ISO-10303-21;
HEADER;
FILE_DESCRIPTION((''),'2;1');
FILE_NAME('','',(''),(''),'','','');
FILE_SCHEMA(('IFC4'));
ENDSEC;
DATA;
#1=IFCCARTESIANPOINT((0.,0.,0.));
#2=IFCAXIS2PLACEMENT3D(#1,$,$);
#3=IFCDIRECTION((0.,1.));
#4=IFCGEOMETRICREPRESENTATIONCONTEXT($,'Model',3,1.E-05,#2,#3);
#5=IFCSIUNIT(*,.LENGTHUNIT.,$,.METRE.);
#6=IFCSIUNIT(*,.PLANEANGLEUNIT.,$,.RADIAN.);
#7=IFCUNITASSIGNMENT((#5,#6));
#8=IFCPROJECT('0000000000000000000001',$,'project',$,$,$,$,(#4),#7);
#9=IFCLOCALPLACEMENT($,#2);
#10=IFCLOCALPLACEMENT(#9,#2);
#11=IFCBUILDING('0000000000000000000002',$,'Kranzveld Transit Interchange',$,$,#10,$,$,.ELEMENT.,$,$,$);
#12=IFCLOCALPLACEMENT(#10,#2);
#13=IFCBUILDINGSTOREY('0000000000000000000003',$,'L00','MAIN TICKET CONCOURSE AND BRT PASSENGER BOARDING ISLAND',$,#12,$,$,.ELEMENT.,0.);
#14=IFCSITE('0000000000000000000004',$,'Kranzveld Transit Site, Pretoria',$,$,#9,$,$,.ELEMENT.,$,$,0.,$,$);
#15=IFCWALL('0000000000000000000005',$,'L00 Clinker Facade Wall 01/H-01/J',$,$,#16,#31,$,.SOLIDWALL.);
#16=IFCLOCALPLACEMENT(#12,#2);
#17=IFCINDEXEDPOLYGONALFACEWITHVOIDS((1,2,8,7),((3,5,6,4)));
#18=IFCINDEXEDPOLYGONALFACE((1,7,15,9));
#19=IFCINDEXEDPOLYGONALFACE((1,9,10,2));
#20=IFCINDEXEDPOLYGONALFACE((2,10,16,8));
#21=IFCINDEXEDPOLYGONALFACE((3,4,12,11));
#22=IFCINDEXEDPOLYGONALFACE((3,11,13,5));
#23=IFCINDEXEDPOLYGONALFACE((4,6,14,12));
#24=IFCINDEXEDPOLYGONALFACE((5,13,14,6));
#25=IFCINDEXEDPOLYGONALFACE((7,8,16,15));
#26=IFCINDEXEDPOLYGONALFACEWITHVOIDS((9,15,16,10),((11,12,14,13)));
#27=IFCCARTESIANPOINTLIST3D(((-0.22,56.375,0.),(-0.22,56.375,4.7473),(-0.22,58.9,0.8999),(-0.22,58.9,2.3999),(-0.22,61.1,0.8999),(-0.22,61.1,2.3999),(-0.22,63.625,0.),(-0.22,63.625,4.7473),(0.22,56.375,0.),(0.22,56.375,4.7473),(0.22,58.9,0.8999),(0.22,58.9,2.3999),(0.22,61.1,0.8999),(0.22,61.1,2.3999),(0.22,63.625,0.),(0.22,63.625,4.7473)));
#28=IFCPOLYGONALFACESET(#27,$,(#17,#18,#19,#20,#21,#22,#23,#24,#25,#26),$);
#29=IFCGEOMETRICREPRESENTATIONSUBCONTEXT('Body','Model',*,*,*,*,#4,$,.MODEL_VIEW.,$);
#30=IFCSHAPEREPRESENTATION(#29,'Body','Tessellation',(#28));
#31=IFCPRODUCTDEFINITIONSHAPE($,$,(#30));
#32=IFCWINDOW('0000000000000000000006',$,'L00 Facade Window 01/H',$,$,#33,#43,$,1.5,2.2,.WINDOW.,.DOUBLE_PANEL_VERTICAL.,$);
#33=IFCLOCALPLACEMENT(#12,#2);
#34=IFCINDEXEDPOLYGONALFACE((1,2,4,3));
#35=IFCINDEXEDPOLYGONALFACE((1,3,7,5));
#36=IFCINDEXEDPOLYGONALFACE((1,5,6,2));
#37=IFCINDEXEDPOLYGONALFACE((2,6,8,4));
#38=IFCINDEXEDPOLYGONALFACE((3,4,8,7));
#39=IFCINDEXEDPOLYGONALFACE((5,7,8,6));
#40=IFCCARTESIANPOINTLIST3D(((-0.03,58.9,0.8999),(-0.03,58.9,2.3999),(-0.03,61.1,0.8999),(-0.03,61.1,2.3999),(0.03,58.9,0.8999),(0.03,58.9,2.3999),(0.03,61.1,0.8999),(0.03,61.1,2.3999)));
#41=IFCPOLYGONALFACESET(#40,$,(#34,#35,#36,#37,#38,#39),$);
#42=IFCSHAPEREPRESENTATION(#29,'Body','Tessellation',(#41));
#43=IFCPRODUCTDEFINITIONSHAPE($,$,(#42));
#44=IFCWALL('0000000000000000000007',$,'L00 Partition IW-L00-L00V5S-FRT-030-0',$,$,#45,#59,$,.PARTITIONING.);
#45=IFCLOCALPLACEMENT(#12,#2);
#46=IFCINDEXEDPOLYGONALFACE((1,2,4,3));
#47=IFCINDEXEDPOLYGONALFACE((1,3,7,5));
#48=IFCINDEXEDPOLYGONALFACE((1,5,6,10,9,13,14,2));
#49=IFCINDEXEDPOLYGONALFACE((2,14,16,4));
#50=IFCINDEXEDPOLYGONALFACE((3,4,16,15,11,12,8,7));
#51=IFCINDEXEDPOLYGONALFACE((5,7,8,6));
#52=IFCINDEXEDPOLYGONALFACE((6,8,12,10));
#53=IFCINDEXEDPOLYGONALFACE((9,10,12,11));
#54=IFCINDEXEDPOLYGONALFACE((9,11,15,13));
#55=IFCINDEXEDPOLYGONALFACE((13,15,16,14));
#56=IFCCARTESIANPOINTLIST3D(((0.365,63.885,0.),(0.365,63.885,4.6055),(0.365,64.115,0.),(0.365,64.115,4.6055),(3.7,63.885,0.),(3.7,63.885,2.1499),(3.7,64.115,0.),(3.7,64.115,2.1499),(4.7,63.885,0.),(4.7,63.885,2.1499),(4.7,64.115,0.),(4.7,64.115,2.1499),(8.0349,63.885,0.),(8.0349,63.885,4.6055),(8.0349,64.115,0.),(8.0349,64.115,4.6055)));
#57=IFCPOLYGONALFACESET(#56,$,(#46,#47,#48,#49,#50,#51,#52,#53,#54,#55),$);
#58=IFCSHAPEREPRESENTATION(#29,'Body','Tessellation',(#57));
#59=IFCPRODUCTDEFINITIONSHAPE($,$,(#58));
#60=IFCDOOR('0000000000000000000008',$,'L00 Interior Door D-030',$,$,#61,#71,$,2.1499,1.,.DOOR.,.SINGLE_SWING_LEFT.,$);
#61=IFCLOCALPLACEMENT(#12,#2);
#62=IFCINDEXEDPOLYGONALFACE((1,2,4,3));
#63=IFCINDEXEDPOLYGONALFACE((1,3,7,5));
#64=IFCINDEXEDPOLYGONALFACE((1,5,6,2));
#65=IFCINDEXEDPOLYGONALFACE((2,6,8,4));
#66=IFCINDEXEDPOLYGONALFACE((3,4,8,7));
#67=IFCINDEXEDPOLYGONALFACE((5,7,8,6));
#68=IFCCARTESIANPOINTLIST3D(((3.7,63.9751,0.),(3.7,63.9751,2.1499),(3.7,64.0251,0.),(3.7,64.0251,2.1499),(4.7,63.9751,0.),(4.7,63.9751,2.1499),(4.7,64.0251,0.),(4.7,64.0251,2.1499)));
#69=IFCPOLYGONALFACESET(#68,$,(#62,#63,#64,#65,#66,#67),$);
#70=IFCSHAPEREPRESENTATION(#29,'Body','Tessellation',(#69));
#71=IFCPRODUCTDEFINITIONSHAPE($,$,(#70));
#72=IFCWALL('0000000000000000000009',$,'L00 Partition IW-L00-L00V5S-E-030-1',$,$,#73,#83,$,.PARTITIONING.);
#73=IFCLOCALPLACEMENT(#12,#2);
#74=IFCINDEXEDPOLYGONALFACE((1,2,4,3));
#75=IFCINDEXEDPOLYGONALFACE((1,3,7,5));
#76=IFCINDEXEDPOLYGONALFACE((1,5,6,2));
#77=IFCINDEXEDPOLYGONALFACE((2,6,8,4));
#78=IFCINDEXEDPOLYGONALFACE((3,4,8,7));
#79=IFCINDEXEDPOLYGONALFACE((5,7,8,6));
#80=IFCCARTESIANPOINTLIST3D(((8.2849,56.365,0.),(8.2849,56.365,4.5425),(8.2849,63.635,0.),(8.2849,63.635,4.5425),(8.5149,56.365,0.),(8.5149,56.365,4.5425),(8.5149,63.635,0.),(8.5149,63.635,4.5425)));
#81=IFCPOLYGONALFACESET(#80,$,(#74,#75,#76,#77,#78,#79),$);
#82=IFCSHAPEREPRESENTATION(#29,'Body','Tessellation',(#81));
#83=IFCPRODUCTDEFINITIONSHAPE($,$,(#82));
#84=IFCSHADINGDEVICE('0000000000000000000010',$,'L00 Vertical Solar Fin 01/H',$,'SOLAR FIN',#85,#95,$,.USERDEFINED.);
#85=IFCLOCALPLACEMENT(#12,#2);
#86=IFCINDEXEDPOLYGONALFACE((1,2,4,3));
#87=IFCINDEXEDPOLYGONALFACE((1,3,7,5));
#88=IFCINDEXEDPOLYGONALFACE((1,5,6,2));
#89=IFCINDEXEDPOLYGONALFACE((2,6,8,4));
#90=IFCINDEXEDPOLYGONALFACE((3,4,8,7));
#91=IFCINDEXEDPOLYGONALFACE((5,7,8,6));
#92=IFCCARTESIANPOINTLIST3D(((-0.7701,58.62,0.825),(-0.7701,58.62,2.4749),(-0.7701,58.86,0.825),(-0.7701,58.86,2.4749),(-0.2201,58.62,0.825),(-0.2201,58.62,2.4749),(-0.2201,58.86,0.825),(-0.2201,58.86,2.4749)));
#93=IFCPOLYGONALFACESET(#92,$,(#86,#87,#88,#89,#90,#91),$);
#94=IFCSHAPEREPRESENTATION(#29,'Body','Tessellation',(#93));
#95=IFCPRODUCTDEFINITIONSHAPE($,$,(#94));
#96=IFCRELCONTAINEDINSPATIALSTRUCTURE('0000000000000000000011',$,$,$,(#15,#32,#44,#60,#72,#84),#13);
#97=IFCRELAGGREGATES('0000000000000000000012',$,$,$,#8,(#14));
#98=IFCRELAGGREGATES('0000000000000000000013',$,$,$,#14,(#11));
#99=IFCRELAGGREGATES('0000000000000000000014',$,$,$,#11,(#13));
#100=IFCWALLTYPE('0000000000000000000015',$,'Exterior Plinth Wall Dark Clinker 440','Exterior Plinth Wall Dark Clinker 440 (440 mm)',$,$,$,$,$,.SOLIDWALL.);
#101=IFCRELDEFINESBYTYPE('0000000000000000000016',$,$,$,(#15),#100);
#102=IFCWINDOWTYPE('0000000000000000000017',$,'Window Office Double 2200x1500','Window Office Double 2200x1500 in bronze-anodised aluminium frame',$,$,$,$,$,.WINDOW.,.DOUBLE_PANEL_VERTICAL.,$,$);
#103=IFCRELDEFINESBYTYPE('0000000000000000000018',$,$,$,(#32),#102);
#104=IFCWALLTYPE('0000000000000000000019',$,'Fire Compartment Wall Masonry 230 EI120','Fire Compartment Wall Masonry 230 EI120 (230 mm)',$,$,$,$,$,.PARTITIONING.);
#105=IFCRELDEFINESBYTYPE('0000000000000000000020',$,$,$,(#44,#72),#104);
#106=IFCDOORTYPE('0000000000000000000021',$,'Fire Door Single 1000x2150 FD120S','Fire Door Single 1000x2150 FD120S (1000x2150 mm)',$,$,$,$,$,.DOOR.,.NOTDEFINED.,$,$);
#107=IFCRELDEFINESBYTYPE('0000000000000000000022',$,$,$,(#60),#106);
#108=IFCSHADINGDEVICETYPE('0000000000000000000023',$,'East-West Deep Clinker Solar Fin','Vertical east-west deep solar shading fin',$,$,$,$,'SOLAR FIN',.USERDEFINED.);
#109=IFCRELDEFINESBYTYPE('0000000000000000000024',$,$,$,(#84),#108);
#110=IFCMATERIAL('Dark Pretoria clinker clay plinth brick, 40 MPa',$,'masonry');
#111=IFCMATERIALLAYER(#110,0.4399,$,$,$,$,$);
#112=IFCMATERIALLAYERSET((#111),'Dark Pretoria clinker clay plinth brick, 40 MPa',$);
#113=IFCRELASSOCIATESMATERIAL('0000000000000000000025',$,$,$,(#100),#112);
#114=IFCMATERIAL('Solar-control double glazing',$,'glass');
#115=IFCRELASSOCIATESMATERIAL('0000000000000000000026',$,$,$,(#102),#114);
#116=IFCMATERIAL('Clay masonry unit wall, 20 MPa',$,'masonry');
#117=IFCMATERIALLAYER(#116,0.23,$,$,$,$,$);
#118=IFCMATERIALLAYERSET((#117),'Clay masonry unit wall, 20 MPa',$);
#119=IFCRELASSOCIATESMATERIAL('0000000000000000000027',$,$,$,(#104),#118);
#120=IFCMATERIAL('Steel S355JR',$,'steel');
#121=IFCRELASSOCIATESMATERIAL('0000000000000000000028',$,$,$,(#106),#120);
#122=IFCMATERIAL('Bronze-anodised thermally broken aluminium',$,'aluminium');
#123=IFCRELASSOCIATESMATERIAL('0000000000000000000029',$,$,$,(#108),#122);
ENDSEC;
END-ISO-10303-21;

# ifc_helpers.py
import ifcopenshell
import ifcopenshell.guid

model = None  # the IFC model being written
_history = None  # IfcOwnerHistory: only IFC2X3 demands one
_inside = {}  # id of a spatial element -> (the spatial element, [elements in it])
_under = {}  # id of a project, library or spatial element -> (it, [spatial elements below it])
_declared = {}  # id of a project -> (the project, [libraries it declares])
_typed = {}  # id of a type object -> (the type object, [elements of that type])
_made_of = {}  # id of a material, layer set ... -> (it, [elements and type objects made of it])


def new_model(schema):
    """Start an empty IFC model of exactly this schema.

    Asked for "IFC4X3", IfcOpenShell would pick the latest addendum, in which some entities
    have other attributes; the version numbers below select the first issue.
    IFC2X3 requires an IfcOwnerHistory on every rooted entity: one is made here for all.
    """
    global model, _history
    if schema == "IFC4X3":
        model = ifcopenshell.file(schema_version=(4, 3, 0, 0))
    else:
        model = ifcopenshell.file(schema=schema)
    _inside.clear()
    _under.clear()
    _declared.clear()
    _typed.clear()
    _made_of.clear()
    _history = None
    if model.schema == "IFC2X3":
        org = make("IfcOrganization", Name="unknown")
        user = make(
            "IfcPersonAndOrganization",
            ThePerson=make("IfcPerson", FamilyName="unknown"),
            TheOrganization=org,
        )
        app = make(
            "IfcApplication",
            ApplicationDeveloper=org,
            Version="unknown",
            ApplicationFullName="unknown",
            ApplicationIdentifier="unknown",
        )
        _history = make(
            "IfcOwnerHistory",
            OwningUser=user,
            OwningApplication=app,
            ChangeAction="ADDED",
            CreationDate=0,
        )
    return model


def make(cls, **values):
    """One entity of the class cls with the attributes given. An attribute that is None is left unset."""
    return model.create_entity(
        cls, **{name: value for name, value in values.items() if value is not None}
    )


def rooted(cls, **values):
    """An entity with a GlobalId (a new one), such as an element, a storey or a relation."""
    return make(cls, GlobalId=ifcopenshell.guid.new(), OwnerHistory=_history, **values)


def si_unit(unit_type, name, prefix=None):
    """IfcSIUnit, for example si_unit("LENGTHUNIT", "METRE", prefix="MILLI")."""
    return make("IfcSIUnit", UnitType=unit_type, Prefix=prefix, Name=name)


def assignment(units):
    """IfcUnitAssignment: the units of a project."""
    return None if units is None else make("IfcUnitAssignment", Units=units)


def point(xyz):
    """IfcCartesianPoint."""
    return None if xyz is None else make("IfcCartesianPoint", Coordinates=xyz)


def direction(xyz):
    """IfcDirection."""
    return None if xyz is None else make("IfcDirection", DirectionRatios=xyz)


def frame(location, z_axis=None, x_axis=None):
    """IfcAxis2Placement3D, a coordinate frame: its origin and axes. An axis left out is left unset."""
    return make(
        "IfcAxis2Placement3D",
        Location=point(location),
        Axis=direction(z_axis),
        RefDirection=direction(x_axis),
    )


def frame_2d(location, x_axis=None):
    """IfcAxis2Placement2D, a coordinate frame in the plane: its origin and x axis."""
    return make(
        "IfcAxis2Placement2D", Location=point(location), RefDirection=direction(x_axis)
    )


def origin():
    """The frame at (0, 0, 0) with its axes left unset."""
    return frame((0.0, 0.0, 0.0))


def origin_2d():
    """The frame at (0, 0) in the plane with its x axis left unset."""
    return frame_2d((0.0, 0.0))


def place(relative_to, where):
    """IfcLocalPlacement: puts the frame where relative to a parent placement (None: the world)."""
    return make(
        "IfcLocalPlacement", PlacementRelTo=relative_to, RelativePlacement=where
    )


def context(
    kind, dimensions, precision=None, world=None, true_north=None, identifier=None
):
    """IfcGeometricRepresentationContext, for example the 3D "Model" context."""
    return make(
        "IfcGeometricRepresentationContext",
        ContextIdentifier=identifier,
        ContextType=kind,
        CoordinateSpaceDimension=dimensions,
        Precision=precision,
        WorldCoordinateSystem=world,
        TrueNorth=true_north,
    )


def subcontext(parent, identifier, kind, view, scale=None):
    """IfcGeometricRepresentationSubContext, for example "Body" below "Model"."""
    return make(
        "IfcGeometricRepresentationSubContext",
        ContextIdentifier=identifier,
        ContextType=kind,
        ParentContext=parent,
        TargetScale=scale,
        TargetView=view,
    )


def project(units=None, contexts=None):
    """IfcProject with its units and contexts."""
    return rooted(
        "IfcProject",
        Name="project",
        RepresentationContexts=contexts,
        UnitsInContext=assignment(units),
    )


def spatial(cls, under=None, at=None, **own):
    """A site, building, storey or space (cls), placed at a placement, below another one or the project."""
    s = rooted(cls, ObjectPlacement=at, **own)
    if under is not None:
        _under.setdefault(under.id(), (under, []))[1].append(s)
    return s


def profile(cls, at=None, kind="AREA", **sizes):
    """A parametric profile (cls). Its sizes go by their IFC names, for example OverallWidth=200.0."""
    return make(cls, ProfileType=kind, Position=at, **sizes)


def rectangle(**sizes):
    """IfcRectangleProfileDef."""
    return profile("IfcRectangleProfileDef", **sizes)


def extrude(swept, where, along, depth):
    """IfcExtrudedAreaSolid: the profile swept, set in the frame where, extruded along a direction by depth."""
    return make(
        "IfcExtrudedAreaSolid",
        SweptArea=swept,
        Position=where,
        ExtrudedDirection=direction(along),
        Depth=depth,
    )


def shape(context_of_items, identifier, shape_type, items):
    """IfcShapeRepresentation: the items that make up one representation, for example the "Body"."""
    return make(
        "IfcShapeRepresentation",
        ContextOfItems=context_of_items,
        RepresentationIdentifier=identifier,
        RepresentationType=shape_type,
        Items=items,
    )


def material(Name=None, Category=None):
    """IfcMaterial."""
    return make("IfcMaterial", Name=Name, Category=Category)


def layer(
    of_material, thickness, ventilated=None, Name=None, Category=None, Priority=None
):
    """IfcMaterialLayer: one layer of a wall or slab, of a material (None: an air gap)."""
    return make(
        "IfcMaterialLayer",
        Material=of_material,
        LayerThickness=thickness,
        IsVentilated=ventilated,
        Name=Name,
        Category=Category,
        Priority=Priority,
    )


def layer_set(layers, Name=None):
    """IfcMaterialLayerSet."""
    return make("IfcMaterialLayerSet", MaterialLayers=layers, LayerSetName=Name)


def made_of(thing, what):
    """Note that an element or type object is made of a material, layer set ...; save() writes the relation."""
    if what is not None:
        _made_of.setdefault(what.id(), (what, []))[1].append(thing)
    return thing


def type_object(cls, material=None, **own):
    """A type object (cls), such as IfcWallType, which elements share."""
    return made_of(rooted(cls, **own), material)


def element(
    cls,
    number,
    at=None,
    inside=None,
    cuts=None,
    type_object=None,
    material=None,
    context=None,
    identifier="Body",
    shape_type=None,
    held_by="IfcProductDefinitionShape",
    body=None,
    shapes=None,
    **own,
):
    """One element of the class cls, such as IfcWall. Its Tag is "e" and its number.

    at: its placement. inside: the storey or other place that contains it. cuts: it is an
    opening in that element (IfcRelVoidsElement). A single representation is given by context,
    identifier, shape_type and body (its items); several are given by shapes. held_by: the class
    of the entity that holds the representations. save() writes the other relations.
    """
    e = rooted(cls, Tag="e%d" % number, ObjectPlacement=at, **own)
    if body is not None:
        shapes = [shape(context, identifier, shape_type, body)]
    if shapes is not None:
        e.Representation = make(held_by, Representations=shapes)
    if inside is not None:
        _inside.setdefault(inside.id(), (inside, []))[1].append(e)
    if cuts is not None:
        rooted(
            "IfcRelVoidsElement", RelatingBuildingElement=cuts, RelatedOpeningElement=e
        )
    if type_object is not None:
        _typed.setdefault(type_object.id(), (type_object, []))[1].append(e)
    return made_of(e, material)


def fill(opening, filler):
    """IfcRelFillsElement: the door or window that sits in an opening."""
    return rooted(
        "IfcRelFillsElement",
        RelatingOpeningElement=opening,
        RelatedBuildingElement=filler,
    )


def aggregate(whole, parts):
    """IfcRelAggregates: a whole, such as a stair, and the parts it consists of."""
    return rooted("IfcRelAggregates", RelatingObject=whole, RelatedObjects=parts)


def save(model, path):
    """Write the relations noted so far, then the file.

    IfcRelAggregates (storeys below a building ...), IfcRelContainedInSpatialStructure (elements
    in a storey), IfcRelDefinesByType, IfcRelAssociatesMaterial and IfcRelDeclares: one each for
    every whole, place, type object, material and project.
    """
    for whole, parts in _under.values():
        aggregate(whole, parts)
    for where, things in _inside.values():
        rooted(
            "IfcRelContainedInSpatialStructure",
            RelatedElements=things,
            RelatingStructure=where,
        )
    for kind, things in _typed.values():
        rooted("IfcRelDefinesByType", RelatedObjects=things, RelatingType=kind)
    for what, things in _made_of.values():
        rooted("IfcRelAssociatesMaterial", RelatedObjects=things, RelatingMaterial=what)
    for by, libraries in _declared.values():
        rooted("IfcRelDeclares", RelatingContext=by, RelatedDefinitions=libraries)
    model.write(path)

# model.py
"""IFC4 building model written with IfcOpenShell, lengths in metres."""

from ifc_helpers import new_model, si_unit, direction, frame, frame_2d, origin, origin_2d, place, context, subcontext, project, spatial, rectangle, extrude, material, layer, layer_set, type_object, element, fill, save


model = new_model("IFC4")

# Units and contexts
model_context = context("Model", 3, precision=1e-05, world=origin(), true_north=direction((0.0, 1.0)))
body_context = subcontext(model_context, "Body", "Model", "MODEL_VIEW")
ifc_project = project(units=[si_unit("LENGTHUNIT", "METRE"), si_unit("PLANEANGLEUNIT", "RADIAN")], contexts=[model_context])

# Site, building, storey
site_placement = place(None, origin())
site = spatial("IfcSite", under=ifc_project, at=site_placement, Name="Kranzveld Transit Site, Pretoria", CompositionType="ELEMENT", RefElevation=0.0)
building_placement = place(site_placement, origin())
building = spatial("IfcBuilding", under=site, at=building_placement, Name="Kranzveld Transit Interchange", CompositionType="ELEMENT")
storey_placement = place(building_placement, origin())
storey = spatial("IfcBuildingStorey", under=building, at=storey_placement, Name="L00", Description="MAIN TICKET CONCOURSE AND BRT PASSENGER BOARDING ISLAND", CompositionType="ELEMENT", Elevation=0.0)

# Wall, opening, window
ifc_material_1 = material(Name="Dark Pretoria clinker clay plinth brick, 40 MPa", Category="masonry")
ifc_layer_1 = layer(ifc_material_1, 0.4399)
ifc_layer_set_1 = layer_set([ifc_layer_1], Name="Dark Pretoria clinker clay plinth brick, 40 MPa")
wall_type_1 = type_object("IfcWallType", Name="Exterior Plinth Wall Dark Clinker 440", Description="Exterior Plinth Wall Dark Clinker 440 (440 mm)", PredefinedType="SOLIDWALL", material=ifc_layer_set_1)
wall_1_placement = place(storey_placement, frame((0.0, 56.375, 0.0), z_axis=(0.0, 0.0, 1.0), x_axis=(0.0, 1.0, 0.0)))
wall_1 = element("IfcWall", 1, at=wall_1_placement, inside=storey, type_object=wall_type_1, Name="L00 Clinker Facade Wall 01/H-01/J", PredefinedType="SOLIDWALL", context=body_context, shape_type="SweptSolid", body=[
    extrude(rectangle(XDim=7.25, YDim=0.4399, at=frame_2d((3.625, 0.0))), origin(), (0.0, 0.0, 1.0), 4.7473),
])
opening_1_placement = place(wall_1_placement, frame((2.5249, 0.0, 0.8999), z_axis=(0.0, 0.0, 1.0), x_axis=(1.0, 0.0, 0.0)))
opening_1 = element("IfcOpeningElement", 2, at=opening_1_placement, cuts=wall_1, PredefinedType="OPENING", context=body_context, shape_type="SweptSolid", body=[
    extrude(rectangle(XDim=2.2, YDim=1.5, at=frame_2d((1.1001, 0.75))), frame((0.0, 0.23, 0.0), z_axis=(0.0, -1.0, 0.0), x_axis=(1.0, 0.0, 0.0)), (0.0, 0.0, 1.0), 0.46),
])
ifc_material_2 = material(Name="Solar-control double glazing", Category="glass")
window_type = type_object("IfcWindowType", Name="Window Office Double 2200x1500", Description="Window Office Double 2200x1500 in bronze-anodised aluminium frame", PartitioningType="DOUBLE_PANEL_VERTICAL", PredefinedType="WINDOW", material=ifc_material_2)
window_placement = place(opening_1_placement, origin())
window = element("IfcWindow", 3, at=window_placement, inside=storey, type_object=window_type, Name="L00 Facade Window 01/H", OverallHeight=1.5, OverallWidth=2.2, PartitioningType="DOUBLE_PANEL_VERTICAL", PredefinedType="WINDOW", context=body_context, shape_type="SweptSolid", body=[
    extrude(rectangle(XDim=2.2, YDim=1.5, at=frame_2d((1.1001, 0.75))), frame((0.0, 0.03, 0.0), z_axis=(0.0, -1.0, 0.0), x_axis=(1.0, 0.0, 0.0)), (0.0, 0.0, 1.0), 0.0601),
])
fill(opening_1, window)

# Wall, opening, door
ifc_material_3 = material(Name="Clay masonry unit wall, 20 MPa", Category="masonry")
ifc_layer_2 = layer(ifc_material_3, 0.23)
ifc_layer_set_2 = layer_set([ifc_layer_2], Name="Clay masonry unit wall, 20 MPa")
wall_type_2 = type_object("IfcWallType", Name="Fire Compartment Wall Masonry 230 EI120", Description="Fire Compartment Wall Masonry 230 EI120 (230 mm)", PredefinedType="PARTITIONING", material=ifc_layer_set_2)
wall_2_placement = place(storey_placement, frame((0.365, 64.0, 0.0), z_axis=(0.0, 0.0, 1.0), x_axis=(1.0, 0.0, 0.0)))
wall_2 = element("IfcWall", 4, at=wall_2_placement, inside=storey, type_object=wall_type_2, Name="L00 Partition IW-L00-L00V5S-FRT-030-0", PredefinedType="PARTITIONING", context=body_context, shape_type="SweptSolid", body=[
    extrude(rectangle(XDim=7.6699, YDim=0.23, at=frame_2d((3.835, 0.0))), origin(), (0.0, 0.0, 1.0), 4.6055),
])
opening_2_placement = place(wall_2_placement, frame((4.335, 0.0, 0.0), z_axis=(0.0, 0.0, 1.0), x_axis=(-1.0, 0.0, 0.0)))
opening_2 = element("IfcOpeningElement", 5, at=opening_2_placement, cuts=wall_2, PredefinedType="OPENING", context=body_context, shape_type="SweptSolid", body=[
    extrude(rectangle(XDim=1.0, YDim=2.1499, at=frame_2d((0.5, 1.075))), frame((0.0, 0.125, 0.0), z_axis=(0.0, -1.0, 0.0), x_axis=(1.0, 0.0, 0.0)), (0.0, 0.0, 1.0), 0.25),
])
ifc_material_4 = material(Name="Steel S355JR", Category="steel")
door_type = type_object("IfcDoorType", Name="Fire Door Single 1000x2150 FD120S", Description="Fire Door Single 1000x2150 FD120S (1000x2150 mm)", OperationType="NOTDEFINED", PredefinedType="DOOR", material=ifc_material_4)
door_placement = place(opening_2_placement, origin())
door = element("IfcDoor", 6, at=door_placement, inside=storey, type_object=door_type, Name="L00 Interior Door D-030", OperationType="SINGLE_SWING_LEFT", OverallHeight=2.1499, OverallWidth=1.0, PredefinedType="DOOR", context=body_context, shape_type="SweptSolid", body=[
    extrude(rectangle(XDim=1.0, YDim=2.1499, at=frame_2d((0.5, 1.075))), frame((0.0, 0.0249, 0.0), z_axis=(0.0, -1.0, 0.0), x_axis=(1.0, 0.0, 0.0)), (0.0, 0.0, 1.0), 0.05),
])
fill(opening_2, door)

# Wall
wall_3_placement = place(storey_placement, frame((8.3999, 56.365, 0.0), z_axis=(0.0, 0.0, 1.0), x_axis=(0.0, 1.0, 0.0)))
element("IfcWall", 7, at=wall_3_placement, inside=storey, type_object=wall_type_2, Name="L00 Partition IW-L00-L00V5S-E-030-1", PredefinedType="PARTITIONING", context=body_context, shape_type="SweptSolid", body=[
    extrude(rectangle(XDim=7.27, YDim=0.23, at=frame_2d((3.635, 0.0))), origin(), (0.0, 0.0, 1.0), 4.5425),
])

# Shading device
ifc_material_5 = material(Name="Bronze-anodised thermally broken aluminium", Category="aluminium")
shading_device_type = type_object("IfcShadingDeviceType", Name="East-West Deep Clinker Solar Fin", Description="Vertical east-west deep solar shading fin", ElementType="SOLAR FIN", PredefinedType="USERDEFINED", material=ifc_material_5)
shading_device_placement = place(storey_placement, frame((-0.4951, 58.74, 0.825), z_axis=(0.0, 0.0, 1.0), x_axis=(0.0, 1.0, 0.0)))
element("IfcShadingDevice", 8, at=shading_device_placement, inside=storey, type_object=shading_device_type, Name="L00 Vertical Solar Fin 01/H", ObjectType="SOLAR FIN", PredefinedType="USERDEFINED", context=body_context, shape_type="SweptSolid", body=[
    extrude(rectangle(XDim=0.24, YDim=0.55, at=origin_2d()), origin(), (0.0, 0.0, 1.0), 1.6499),
])

save(model, "model.ifc")
